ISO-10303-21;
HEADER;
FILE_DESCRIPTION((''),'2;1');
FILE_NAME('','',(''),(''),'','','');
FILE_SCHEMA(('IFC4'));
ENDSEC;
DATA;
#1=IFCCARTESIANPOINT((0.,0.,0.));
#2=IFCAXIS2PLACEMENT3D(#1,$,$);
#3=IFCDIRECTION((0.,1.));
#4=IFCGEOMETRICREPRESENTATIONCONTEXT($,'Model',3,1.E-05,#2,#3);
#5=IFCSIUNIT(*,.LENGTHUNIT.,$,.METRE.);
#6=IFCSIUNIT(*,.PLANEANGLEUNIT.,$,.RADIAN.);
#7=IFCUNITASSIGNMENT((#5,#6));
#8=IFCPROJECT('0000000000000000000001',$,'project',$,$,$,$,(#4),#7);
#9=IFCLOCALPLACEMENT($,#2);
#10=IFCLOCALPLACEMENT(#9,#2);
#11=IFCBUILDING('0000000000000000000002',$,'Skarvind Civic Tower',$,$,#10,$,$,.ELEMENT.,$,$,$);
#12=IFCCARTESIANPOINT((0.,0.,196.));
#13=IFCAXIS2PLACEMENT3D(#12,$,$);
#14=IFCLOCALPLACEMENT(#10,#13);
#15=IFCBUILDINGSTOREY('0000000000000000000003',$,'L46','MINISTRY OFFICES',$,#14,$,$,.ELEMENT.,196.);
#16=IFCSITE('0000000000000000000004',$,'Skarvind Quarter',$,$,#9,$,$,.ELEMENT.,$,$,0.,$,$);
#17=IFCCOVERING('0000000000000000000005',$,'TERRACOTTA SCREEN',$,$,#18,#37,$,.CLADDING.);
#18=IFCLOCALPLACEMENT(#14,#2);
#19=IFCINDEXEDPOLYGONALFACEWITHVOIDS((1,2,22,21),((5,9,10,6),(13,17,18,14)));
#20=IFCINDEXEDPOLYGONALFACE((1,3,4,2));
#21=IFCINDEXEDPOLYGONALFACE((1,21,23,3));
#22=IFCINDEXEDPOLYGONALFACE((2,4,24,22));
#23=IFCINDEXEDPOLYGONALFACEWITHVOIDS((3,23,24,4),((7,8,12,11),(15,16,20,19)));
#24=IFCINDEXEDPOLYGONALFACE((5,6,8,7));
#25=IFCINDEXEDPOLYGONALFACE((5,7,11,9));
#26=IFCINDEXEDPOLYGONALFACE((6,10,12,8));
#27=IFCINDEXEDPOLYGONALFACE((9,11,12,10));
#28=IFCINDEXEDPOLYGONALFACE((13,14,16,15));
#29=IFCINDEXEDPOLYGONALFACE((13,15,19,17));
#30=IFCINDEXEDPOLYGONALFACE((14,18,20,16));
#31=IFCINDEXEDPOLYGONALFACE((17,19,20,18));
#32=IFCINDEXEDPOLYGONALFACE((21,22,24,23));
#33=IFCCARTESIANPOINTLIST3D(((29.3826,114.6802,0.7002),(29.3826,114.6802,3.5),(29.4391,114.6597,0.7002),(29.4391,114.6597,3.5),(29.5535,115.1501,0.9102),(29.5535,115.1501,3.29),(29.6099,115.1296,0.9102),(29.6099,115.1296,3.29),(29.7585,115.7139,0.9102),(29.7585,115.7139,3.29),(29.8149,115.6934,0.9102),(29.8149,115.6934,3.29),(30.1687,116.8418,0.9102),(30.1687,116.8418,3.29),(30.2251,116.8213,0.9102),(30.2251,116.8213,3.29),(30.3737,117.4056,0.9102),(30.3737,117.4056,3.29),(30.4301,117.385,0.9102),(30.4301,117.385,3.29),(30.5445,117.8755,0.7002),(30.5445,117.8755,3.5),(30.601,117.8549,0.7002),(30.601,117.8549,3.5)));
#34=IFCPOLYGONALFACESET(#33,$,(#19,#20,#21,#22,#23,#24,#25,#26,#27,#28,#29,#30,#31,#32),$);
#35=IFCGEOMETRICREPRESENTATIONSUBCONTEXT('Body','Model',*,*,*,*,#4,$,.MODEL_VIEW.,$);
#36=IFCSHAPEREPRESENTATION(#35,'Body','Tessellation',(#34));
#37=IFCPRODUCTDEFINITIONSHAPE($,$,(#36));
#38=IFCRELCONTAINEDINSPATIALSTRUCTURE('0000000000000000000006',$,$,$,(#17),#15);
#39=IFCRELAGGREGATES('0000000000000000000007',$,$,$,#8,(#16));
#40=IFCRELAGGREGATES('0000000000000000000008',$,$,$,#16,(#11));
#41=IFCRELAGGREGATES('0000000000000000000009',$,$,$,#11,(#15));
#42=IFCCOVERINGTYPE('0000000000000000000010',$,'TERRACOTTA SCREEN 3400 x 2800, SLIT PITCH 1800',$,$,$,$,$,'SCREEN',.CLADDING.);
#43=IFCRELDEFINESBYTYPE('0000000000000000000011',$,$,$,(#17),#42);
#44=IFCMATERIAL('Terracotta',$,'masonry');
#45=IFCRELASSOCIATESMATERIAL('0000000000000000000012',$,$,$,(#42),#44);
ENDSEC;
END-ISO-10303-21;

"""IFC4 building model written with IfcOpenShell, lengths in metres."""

from ifc_helpers import new_model, si_unit, direction, frame, origin, place, context, subcontext, project, spatial, polyline, outline, extrude, material, material_profile, profile_set, type_object, element, save


model = new_model("IFC4")

# Units and contexts
model_context = context("Model", 3, precision=1e-05, world=origin(), true_north=direction((0.0, 1.0)))
body_context = subcontext(model_context, "Body", "Model", "MODEL_VIEW")
ifc_project = project(units=[si_unit("LENGTHUNIT", "METRE"), si_unit("PLANEANGLEUNIT", "RADIAN")], contexts=[model_context])

# Site, building, storey
site_placement = place(None, origin())
site = spatial("IfcSite", under=ifc_project, at=site_placement, Name="Skarvind Quarter", CompositionType="ELEMENT", RefElevation=0.0)
building_placement = place(site_placement, origin())
building = spatial("IfcBuilding", under=site, at=building_placement, Name="Skarvind Civic Tower", CompositionType="ELEMENT")
storey_placement = place(building_placement, frame((0.0, 0.0, 196.0)))
storey = spatial("IfcBuildingStorey", under=building, at=storey_placement, Name="L46", Description="MINISTRY OFFICES", CompositionType="ELEMENT", Elevation=196.0)

# Covering
ifc_material_1 = material(Name="Terracotta", Category="masonry")
ifc_material_profile_1 = material_profile(ifc_material_1, outline(polyline([(-1.7, -1.3999), (1.7, -1.3999), (1.7, 1.3999), (-1.7, 1.3999), (-1.7, -1.3999)]), holes=[polyline([(-1.2, -1.1899), (-0.6001, -1.1899), (-0.6001, 1.1899), (-1.2, 1.1899), (-1.2, -1.1899)]), polyline([(0.6001, -1.1899), (1.2, -1.1899), (1.2, 1.1899), (0.6001, 1.1899), (0.6001, -1.1899)])]), Name="TERRACOTTA SCREEN 3400 x 2800, SLIT PITCH 1800")
ifc_profile_set_1 = profile_set([ifc_material_profile_1], Name="Terracotta")
covering_type = type_object("IfcCoveringType", Name="TERRACOTTA SCREEN 3400 x 2800, SLIT PITCH 1800", ElementType="SCREEN", PredefinedType="CLADDING", material=ifc_profile_set_1)
covering_placement = place(storey_placement, frame((30.02, 116.2573, 2.1001), z_axis=(-0.939793, 0.341743, 0.0), x_axis=(-0.341743, -0.939793, 0.0)))
element("IfcCovering", 1, at=covering_placement, inside=storey, type_object=covering_type, Name="TERRACOTTA SCREEN", PredefinedType="CLADDING", context=body_context, shape_type="SweptSolid", body=[
    extrude(outline(polyline([(-1.7, -1.3999), (1.7, -1.3999), (1.7, 1.3999), (-1.7, 1.3999), (-1.7, -1.3999)]), holes=[polyline([(-1.2, -1.1899), (-0.6001, -1.1899), (-0.6001, 1.1899), (-1.2, 1.1899), (-1.2, -1.1899)]), polyline([(0.6001, -1.1899), (1.2, -1.1899), (1.2, 1.1899), (0.6001, 1.1899), (0.6001, -1.1899)])]), origin(), (0.0, 0.0, 1.0), 0.0601),
])

save(model, "model.ifc")
